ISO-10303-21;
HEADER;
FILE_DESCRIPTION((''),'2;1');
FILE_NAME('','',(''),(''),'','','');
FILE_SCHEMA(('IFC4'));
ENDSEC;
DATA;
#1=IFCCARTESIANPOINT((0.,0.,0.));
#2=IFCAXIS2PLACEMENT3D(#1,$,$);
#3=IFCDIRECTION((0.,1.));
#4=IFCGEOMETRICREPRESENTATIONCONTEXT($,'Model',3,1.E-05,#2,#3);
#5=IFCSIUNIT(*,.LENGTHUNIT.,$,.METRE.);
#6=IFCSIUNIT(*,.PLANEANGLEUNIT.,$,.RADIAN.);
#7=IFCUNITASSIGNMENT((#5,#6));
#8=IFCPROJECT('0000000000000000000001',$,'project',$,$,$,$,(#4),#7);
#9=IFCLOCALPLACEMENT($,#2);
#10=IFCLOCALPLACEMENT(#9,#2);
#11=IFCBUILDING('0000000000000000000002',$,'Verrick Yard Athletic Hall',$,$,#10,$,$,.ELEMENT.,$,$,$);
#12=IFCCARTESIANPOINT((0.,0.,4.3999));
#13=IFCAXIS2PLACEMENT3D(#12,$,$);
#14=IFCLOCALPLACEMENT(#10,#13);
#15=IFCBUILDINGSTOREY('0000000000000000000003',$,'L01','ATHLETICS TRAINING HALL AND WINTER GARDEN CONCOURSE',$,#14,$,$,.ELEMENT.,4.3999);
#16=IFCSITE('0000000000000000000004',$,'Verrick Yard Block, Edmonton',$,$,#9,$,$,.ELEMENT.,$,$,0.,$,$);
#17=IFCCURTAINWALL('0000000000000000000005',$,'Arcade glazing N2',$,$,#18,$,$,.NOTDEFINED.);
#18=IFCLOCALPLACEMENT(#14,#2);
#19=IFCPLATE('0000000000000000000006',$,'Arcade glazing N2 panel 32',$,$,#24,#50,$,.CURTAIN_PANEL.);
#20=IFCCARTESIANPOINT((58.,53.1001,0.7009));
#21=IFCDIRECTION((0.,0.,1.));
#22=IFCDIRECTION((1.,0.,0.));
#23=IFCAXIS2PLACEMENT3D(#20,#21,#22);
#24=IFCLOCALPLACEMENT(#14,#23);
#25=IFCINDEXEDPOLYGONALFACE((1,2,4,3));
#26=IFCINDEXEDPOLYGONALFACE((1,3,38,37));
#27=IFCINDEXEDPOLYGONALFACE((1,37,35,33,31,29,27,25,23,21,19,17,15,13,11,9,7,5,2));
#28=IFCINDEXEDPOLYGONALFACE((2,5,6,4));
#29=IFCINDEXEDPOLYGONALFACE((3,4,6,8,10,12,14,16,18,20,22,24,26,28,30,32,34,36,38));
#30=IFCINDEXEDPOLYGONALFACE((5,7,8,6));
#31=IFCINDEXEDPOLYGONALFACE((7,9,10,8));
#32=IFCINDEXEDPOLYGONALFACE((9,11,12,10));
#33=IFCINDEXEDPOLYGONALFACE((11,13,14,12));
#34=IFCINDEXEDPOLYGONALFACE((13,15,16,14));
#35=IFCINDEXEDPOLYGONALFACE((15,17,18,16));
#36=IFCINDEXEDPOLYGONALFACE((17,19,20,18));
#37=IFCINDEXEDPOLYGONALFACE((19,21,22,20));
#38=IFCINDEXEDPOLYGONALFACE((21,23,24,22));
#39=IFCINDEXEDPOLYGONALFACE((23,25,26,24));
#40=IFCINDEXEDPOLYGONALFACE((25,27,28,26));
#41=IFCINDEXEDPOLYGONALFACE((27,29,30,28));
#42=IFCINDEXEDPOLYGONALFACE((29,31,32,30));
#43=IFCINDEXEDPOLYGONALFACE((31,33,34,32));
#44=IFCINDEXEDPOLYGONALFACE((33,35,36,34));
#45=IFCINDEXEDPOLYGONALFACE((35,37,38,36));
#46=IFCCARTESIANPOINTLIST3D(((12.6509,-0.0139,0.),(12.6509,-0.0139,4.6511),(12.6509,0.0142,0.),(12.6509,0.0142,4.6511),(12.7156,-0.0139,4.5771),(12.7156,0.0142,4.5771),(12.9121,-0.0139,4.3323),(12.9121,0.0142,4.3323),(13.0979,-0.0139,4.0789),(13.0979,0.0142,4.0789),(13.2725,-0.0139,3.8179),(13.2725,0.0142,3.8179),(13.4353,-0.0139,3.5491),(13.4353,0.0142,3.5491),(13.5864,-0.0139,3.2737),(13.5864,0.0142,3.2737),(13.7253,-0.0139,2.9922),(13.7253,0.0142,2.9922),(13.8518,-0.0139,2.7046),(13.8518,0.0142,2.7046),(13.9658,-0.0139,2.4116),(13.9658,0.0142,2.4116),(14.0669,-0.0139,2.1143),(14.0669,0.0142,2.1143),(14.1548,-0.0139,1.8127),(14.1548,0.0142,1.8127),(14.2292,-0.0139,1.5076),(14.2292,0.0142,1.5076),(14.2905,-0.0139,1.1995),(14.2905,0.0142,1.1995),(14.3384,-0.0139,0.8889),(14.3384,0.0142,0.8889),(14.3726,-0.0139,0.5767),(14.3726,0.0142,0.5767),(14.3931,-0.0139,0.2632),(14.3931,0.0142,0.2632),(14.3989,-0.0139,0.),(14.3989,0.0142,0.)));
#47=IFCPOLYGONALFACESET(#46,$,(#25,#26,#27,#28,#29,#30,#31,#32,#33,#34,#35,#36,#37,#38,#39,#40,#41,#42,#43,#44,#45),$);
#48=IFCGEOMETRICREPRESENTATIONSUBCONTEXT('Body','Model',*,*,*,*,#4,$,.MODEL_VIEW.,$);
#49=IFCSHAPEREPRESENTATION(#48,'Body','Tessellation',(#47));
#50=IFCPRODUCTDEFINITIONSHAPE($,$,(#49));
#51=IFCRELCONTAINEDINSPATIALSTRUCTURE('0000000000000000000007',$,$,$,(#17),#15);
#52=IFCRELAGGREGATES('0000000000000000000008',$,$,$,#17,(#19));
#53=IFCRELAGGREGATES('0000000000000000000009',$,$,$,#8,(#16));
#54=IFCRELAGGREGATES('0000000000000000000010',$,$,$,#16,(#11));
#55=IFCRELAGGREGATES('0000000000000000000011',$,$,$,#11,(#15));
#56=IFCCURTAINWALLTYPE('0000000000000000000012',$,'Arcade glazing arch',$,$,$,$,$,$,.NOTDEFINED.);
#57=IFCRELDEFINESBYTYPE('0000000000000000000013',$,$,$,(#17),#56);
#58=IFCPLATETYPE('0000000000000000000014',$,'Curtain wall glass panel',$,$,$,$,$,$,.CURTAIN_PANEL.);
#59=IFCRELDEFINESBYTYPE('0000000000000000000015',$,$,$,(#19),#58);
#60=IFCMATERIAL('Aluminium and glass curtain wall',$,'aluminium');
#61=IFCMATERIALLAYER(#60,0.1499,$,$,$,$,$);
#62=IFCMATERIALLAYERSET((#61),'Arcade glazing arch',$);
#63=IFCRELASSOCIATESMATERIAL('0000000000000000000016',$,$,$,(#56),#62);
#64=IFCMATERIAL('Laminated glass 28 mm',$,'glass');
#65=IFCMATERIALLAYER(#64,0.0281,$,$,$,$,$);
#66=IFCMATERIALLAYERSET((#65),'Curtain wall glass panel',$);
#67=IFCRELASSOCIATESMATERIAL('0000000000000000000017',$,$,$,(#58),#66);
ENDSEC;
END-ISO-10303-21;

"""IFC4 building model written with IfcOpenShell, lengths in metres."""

from ifc_helpers import new_model, si_unit, direction, frame, origin, place, context, subcontext, project, spatial, polyline, outline, extrude, material, layer, layer_set, type_object, element, aggregate, save


model = new_model("IFC4")

# Units and contexts
model_context = context("Model", 3, precision=1e-05, world=origin(), true_north=direction((0.0, 1.0)))
body_context = subcontext(model_context, "Body", "Model", "MODEL_VIEW")
ifc_project = project(units=[si_unit("LENGTHUNIT", "METRE"), si_unit("PLANEANGLEUNIT", "RADIAN")], contexts=[model_context])

# Site, building, storey
site_placement = place(None, origin())
site = spatial("IfcSite", under=ifc_project, at=site_placement, Name="Verrick Yard Block, Edmonton", CompositionType="ELEMENT", RefElevation=0.0)
building_placement = place(site_placement, origin())
building = spatial("IfcBuilding", under=site, at=building_placement, Name="Verrick Yard Athletic Hall", CompositionType="ELEMENT")
storey_placement = place(building_placement, frame((0.0, 0.0, 4.3999)))
storey = spatial("IfcBuildingStorey", under=building, at=storey_placement, Name="L01", Description="ATHLETICS TRAINING HALL AND WINTER GARDEN CONCOURSE", CompositionType="ELEMENT", Elevation=4.3999)

# Curtain wall, plate
ifc_material_1 = material(Name="Aluminium and glass curtain wall", Category="aluminium")
ifc_layer_1 = layer(ifc_material_1, 0.1499)
ifc_layer_set_1 = layer_set([ifc_layer_1], Name="Arcade glazing arch")
curtain_wall_type = type_object("IfcCurtainWallType", Name="Arcade glazing arch", PredefinedType="NOTDEFINED", material=ifc_layer_set_1)
curtain_wall_placement = place(storey_placement, origin())
curtain_wall = element("IfcCurtainWall", 1, at=curtain_wall_placement, inside=storey, type_object=curtain_wall_type, Name="Arcade glazing N2", PredefinedType="NOTDEFINED")
ifc_material_2 = material(Name="Laminated glass 28 mm", Category="glass")
ifc_layer_2 = layer(ifc_material_2, 0.0281)
ifc_layer_set_2 = layer_set([ifc_layer_2], Name="Curtain wall glass panel")
plate_type = type_object("IfcPlateType", Name="Curtain wall glass panel", PredefinedType="CURTAIN_PANEL", material=ifc_layer_set_2)
plate_1_placement = place(storey_placement, frame((58.0, 53.1001, 0.7009), z_axis=(0.0, 0.0, 1.0), x_axis=(1.0, 0.0, 0.0)))
plate_1 = element("IfcPlate", 2, at=plate_1_placement, type_object=plate_type, Name="Arcade glazing N2 panel 32", PredefinedType="CURTAIN_PANEL", context=body_context, shape_type="SweptSolid", body=[
    extrude(outline(polyline([(14.3989, 0.0), (14.3931, 0.2632), (14.3726, 0.5767), (14.3384, 0.8889), (14.2905, 1.1995), (14.2292, 1.5076), (14.1548, 1.8127), (14.0669, 2.1143), (13.9658, 2.4116), (13.8518, 2.7046), (13.7253, 2.9922), (13.5864, 3.2737), (13.4353, 3.5491), (13.2725, 3.8179), (13.0979, 4.0789), (12.9121, 4.3323), (12.7156, 4.5771), (12.6509, 4.6511), (12.6509, 0.0), (14.3989, 0.0)])), frame((0.0, 0.0142, 0.0), z_axis=(0.0, -1.0, 0.0), x_axis=(1.0, 0.0, 0.0)), (0.0, 0.0, 1.0), 0.0281),
])
aggregate(curtain_wall, [plate_1])

save(model, "model.ifc")
